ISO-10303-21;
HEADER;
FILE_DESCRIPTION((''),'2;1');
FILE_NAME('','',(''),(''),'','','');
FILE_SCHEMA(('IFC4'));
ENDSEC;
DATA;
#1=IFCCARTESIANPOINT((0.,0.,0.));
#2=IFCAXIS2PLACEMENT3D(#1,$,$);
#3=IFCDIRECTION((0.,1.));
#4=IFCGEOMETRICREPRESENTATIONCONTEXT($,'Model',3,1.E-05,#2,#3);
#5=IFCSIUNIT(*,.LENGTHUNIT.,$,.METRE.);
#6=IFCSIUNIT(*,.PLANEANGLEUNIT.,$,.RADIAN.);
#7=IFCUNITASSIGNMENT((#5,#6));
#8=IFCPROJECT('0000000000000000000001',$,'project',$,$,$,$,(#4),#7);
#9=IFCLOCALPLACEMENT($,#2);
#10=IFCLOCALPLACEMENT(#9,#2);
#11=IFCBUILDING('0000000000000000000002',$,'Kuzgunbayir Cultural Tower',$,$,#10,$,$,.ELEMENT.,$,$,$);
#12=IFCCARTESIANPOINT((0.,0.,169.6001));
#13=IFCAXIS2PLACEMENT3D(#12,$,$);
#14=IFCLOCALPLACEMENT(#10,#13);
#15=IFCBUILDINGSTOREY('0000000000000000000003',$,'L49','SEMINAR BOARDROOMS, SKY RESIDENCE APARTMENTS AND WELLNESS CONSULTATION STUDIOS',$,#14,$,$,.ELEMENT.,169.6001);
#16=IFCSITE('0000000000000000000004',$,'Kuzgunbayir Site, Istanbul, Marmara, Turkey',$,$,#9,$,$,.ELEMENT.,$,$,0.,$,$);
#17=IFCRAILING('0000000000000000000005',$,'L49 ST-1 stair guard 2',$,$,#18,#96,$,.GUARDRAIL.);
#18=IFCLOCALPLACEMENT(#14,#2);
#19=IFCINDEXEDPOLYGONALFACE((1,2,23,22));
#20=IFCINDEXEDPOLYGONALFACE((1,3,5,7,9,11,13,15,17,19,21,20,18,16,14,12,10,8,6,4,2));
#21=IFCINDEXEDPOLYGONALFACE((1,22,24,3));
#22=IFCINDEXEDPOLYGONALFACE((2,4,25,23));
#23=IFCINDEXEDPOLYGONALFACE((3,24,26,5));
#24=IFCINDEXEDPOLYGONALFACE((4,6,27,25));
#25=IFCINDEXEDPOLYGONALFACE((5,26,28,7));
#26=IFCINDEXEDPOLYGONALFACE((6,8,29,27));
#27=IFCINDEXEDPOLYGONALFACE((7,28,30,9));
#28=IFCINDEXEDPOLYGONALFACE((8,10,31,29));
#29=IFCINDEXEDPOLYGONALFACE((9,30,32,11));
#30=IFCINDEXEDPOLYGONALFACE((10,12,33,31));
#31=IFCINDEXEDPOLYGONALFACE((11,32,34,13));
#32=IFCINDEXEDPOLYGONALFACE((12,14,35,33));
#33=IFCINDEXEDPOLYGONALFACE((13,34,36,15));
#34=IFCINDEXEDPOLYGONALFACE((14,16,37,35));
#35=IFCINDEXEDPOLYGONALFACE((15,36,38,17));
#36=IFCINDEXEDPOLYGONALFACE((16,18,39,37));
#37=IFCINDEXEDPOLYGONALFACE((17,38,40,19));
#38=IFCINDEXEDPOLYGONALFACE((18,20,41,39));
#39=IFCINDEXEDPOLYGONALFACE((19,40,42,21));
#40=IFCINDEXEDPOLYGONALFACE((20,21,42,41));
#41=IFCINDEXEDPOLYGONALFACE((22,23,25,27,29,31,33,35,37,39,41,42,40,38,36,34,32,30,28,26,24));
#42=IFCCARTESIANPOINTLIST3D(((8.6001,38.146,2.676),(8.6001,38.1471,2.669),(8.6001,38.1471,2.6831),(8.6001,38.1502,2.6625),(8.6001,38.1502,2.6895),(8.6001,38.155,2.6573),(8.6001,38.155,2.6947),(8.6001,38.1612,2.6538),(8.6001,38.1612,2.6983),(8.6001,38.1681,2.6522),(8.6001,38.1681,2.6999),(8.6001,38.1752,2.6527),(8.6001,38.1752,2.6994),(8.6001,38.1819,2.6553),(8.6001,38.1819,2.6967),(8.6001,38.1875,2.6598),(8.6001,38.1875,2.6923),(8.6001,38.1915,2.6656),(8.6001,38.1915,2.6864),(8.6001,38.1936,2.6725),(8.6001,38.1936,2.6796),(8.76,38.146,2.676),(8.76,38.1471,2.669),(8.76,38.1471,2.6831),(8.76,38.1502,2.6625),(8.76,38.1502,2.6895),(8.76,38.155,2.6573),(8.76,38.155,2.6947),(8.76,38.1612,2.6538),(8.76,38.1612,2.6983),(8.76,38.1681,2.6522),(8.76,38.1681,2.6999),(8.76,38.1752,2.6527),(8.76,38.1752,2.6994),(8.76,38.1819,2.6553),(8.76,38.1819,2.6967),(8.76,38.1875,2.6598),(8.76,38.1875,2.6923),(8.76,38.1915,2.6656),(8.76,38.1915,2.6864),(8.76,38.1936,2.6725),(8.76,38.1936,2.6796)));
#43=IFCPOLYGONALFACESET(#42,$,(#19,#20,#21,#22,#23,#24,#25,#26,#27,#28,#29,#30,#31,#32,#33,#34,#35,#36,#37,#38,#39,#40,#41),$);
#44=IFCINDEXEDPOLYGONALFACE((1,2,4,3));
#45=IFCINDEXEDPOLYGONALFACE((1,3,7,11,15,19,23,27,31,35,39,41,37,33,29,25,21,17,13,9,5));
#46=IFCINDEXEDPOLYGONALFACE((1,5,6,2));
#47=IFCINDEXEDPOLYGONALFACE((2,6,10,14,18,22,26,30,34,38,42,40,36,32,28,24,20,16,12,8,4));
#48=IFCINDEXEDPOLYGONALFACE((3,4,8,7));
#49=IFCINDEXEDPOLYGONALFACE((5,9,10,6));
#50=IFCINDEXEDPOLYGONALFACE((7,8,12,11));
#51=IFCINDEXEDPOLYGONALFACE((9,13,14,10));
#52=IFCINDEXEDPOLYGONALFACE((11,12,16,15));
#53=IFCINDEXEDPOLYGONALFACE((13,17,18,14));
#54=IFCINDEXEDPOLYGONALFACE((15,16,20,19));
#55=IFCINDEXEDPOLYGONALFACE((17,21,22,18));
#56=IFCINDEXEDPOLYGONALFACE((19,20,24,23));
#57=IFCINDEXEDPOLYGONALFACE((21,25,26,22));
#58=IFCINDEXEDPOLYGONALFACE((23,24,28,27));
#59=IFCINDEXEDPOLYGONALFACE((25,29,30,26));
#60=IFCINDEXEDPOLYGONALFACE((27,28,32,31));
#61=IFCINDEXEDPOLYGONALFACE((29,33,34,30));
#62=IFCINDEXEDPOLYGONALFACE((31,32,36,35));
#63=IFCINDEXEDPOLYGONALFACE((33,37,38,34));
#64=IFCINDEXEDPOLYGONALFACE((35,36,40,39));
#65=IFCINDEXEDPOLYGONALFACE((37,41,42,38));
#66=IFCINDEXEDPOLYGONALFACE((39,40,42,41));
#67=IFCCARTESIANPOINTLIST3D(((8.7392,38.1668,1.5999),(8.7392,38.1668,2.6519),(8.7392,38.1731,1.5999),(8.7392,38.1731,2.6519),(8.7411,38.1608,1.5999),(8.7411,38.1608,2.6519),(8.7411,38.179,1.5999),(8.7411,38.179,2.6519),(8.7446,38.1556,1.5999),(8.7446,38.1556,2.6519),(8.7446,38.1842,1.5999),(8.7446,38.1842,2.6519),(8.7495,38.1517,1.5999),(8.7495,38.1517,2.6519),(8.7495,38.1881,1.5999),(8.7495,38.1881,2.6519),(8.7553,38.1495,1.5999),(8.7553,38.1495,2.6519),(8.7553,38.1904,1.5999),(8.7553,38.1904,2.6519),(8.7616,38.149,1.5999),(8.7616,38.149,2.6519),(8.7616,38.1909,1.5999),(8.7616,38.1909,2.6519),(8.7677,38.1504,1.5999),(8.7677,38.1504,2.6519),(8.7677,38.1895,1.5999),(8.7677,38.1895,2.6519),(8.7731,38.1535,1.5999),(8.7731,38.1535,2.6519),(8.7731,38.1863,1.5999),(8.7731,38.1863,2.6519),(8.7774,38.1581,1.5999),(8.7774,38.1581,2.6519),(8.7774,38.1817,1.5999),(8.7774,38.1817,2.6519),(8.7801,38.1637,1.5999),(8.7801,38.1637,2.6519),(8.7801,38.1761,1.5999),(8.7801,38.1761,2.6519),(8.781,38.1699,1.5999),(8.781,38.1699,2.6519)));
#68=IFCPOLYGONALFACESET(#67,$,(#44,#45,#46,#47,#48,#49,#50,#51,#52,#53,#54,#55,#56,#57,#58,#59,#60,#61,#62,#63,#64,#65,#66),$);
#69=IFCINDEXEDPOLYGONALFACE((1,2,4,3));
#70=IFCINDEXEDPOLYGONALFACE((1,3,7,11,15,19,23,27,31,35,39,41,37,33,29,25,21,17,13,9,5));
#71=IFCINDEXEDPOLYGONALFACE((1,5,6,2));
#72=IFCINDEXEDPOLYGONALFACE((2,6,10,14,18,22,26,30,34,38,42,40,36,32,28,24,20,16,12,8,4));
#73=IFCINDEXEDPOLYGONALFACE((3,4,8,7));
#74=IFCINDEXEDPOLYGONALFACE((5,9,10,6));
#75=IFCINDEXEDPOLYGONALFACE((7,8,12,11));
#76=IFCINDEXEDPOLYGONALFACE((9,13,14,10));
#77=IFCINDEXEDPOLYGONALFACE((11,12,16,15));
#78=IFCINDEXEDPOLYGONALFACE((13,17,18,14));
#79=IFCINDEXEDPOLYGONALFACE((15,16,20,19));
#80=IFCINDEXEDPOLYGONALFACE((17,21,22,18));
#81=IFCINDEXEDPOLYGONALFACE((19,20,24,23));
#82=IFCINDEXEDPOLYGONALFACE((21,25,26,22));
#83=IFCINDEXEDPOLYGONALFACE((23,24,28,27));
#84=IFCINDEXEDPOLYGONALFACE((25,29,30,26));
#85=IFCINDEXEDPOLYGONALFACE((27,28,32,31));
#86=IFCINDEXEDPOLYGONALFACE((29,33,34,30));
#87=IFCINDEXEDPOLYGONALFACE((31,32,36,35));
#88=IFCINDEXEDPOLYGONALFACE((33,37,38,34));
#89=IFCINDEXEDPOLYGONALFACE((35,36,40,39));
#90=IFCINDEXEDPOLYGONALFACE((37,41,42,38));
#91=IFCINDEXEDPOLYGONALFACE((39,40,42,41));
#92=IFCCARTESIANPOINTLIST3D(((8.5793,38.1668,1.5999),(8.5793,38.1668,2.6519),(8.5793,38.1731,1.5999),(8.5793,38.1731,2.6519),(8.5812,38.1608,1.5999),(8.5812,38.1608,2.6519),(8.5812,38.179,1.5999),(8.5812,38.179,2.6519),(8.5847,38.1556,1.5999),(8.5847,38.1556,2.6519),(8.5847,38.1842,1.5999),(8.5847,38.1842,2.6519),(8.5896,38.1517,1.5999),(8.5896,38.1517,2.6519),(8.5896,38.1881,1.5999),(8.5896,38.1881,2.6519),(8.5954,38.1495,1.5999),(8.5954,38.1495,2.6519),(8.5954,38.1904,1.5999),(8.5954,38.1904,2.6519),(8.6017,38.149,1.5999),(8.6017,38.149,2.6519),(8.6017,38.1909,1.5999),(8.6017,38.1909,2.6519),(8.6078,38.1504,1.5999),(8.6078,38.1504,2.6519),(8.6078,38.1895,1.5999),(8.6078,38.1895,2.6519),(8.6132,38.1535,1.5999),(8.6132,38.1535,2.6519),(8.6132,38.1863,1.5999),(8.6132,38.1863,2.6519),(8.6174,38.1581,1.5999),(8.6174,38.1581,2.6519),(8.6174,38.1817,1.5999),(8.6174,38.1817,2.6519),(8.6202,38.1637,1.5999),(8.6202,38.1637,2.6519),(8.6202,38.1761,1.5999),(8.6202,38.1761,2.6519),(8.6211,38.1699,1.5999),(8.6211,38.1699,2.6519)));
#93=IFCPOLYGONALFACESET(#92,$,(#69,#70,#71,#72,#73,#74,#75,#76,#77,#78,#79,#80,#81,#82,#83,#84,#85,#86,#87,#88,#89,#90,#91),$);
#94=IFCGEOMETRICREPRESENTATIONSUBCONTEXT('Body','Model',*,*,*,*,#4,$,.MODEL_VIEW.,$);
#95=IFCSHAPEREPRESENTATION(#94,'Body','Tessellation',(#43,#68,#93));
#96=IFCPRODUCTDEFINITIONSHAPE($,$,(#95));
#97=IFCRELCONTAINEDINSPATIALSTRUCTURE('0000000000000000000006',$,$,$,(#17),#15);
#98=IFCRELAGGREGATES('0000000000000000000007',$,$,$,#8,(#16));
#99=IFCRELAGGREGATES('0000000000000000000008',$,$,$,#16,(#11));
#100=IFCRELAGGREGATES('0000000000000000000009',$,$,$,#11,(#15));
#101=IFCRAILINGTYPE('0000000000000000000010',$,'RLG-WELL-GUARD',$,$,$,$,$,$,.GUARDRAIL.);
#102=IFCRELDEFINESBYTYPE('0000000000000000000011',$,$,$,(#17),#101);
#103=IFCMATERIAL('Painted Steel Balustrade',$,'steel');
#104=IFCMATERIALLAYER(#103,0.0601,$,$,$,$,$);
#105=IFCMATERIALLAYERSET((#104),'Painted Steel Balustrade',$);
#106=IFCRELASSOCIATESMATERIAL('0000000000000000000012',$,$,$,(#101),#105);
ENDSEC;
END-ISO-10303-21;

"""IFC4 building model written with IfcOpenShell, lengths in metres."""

from ifc_helpers import new_model, si_unit, direction, frame, origin, origin_2d, place, context, subcontext, project, spatial, circle, extrude, material, layer, layer_set, type_object, element, save


model = new_model("IFC4")

# Units and contexts
model_context = context("Model", 3, precision=1e-05, world=origin(), true_north=direction((0.0, 1.0)))
body_context = subcontext(model_context, "Body", "Model", "MODEL_VIEW")
ifc_project = project(units=[si_unit("LENGTHUNIT", "METRE"), si_unit("PLANEANGLEUNIT", "RADIAN")], contexts=[model_context])

# Site, building, storey
site_placement = place(None, origin())
site = spatial("IfcSite", under=ifc_project, at=site_placement, Name="Kuzgunbayir Site, Istanbul, Marmara, Turkey", CompositionType="ELEMENT", RefElevation=0.0)
building_placement = place(site_placement, origin())
building = spatial("IfcBuilding", under=site, at=building_placement, Name="Kuzgunbayir Cultural Tower", CompositionType="ELEMENT")
storey_placement = place(building_placement, frame((0.0, 0.0, 169.6001)))
storey = spatial("IfcBuildingStorey", under=building, at=storey_placement, Name="L49", Description="SEMINAR BOARDROOMS, SKY RESIDENCE APARTMENTS AND WELLNESS CONSULTATION STUDIOS", CompositionType="ELEMENT", Elevation=169.6001)

# Railing
ifc_material_1 = material(Name="Painted Steel Balustrade", Category="steel")
ifc_layer_1 = layer(ifc_material_1, 0.0601)
ifc_layer_set_1 = layer_set([ifc_layer_1], Name="Painted Steel Balustrade")
railing_type_1 = type_object("IfcRailingType", Name="RLG-WELL-GUARD", PredefinedType="GUARDRAIL", material=ifc_layer_set_1)
railing_1_placement = place(storey_placement, frame((8.76, 38.1699, 1.5999)))
element("IfcRailing", 1, at=railing_1_placement, inside=storey, type_object=railing_type_1, Name="L49 ST-1 stair guard 2", PredefinedType="GUARDRAIL", context=body_context, shape_type="SweptSolid", body=[
    extrude(circle(Radius=0.0239, at=origin_2d()), frame((0.0, 0.0, 1.0762), z_axis=(-1.0, 0.0, 0.0), x_axis=(0.0, -1.0, 0.0)), (0.0, 0.0, 1.0), 0.1599),
    extrude(circle(Radius=0.021, at=origin_2d()), origin(), (0.0, 0.0, 1.0), 1.052),
    extrude(circle(Radius=0.021, at=origin_2d()), frame((-0.1599, 0.0, 0.0)), (0.0, 0.0, 1.0), 1.052),
])

save(model, "model.ifc")
